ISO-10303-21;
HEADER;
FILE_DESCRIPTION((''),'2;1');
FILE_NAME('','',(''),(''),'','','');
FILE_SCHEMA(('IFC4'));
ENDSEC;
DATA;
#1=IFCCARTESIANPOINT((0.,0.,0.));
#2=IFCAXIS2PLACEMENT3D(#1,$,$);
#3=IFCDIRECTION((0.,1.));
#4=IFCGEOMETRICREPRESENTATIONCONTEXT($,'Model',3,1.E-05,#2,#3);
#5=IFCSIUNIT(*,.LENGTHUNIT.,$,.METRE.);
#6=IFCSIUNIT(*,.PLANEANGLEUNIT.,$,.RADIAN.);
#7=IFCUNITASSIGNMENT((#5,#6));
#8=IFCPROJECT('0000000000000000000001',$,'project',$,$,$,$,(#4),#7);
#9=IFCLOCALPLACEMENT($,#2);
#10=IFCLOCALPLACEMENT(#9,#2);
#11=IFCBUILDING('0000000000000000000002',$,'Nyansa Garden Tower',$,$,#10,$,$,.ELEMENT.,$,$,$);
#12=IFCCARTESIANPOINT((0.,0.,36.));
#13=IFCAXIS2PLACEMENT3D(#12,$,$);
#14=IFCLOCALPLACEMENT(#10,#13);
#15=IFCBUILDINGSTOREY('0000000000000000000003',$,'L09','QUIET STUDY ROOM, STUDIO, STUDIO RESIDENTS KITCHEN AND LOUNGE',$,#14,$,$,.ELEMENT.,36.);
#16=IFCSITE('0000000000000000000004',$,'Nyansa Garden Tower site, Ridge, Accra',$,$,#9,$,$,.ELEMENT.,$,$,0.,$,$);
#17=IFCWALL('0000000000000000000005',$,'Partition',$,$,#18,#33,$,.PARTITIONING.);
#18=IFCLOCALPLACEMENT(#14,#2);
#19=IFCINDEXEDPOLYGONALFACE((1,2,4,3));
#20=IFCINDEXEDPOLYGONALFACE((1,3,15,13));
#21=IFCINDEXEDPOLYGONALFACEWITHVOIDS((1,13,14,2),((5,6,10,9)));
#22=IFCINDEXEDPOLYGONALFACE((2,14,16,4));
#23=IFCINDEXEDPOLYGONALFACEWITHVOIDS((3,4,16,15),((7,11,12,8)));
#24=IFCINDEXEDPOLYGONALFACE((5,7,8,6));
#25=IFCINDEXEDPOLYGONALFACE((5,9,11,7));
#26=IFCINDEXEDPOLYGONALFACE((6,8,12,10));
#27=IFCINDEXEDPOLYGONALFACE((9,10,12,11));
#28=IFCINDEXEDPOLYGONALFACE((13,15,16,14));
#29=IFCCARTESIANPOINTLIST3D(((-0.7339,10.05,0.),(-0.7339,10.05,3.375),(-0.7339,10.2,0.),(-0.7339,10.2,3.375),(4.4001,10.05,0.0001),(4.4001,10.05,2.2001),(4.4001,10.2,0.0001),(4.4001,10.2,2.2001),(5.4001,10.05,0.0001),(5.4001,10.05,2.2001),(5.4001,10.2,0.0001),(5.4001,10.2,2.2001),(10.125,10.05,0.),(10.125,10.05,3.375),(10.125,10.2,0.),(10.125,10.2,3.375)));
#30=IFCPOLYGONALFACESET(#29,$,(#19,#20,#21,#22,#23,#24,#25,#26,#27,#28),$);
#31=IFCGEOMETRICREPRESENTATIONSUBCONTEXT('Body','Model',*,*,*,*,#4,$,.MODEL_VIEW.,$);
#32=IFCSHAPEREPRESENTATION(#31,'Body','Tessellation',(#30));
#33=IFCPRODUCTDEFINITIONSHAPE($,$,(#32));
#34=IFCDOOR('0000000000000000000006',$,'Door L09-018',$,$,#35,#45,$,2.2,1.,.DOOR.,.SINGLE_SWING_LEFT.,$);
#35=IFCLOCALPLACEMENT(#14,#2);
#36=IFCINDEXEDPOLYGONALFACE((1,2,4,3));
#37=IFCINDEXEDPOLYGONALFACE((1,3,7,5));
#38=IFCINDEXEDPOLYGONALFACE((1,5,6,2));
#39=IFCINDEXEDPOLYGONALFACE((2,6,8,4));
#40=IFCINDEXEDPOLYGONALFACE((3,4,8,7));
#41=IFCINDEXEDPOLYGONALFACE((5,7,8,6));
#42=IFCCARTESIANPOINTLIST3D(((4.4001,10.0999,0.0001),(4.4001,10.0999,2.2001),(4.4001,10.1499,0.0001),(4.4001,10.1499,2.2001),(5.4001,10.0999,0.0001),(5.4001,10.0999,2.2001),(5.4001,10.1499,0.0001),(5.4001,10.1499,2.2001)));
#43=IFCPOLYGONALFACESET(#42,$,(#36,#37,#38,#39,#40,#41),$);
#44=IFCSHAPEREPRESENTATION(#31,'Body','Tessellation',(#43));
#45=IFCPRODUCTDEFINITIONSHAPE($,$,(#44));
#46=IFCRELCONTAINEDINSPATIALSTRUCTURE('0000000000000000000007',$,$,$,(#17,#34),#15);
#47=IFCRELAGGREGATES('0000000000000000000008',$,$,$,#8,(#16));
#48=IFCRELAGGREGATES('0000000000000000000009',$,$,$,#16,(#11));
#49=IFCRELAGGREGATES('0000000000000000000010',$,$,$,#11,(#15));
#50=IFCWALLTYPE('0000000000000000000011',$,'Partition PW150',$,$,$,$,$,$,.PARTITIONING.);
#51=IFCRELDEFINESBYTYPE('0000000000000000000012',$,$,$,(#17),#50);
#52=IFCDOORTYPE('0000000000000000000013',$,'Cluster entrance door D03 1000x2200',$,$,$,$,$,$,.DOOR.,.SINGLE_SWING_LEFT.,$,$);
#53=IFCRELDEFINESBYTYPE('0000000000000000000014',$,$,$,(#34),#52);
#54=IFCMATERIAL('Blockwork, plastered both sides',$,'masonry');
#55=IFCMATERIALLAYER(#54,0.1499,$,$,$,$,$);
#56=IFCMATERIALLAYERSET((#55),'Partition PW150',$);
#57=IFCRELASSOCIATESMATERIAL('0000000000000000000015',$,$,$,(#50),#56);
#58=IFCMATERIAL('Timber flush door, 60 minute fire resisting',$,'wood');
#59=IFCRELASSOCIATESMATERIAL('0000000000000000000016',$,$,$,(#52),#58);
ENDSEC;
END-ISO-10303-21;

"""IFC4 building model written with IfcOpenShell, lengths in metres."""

from ifc_helpers import new_model, si_unit, direction, frame, frame_2d, origin, place, context, subcontext, project, spatial, rectangle, extrude, material, layer, layer_set, type_object, element, fill, save


model = new_model("IFC4")

# Units and contexts
model_context = context("Model", 3, precision=1e-05, world=origin(), true_north=direction((0.0, 1.0)))
body_context = subcontext(model_context, "Body", "Model", "MODEL_VIEW")
ifc_project = project(units=[si_unit("LENGTHUNIT", "METRE"), si_unit("PLANEANGLEUNIT", "RADIAN")], contexts=[model_context])

# Site, building, storey
site_placement = place(None, origin())
site = spatial("IfcSite", under=ifc_project, at=site_placement, Name="Nyansa Garden Tower site, Ridge, Accra", CompositionType="ELEMENT", RefElevation=0.0)
building_placement = place(site_placement, origin())
building = spatial("IfcBuilding", under=site, at=building_placement, Name="Nyansa Garden Tower", CompositionType="ELEMENT")
storey_placement = place(building_placement, frame((0.0, 0.0, 36.0)))
storey = spatial("IfcBuildingStorey", under=building, at=storey_placement, Name="L09", Description="QUIET STUDY ROOM, STUDIO, STUDIO RESIDENTS KITCHEN AND LOUNGE", CompositionType="ELEMENT", Elevation=36.0)

# Wall, opening, door
ifc_material_1 = material(Name="Blockwork, plastered both sides", Category="masonry")
ifc_layer_1 = layer(ifc_material_1, 0.1499)
ifc_layer_set_1 = layer_set([ifc_layer_1], Name="Partition PW150")
wall_type = type_object("IfcWallType", Name="Partition PW150", PredefinedType="PARTITIONING", material=ifc_layer_set_1)
wall_placement = place(storey_placement, frame((-0.7339, 10.125, 0.0), z_axis=(0.0, 0.0, 1.0), x_axis=(1.0, 0.0, 0.0)))
wall = element("IfcWall", 1, at=wall_placement, inside=storey, type_object=wall_type, Name="Partition", PredefinedType="PARTITIONING", context=body_context, shape_type="SweptSolid", body=[
    extrude(rectangle(XDim=10.8589, YDim=0.1499, at=frame_2d((5.4294, 0.0))), origin(), (0.0, 0.0, 1.0), 3.375),
])
opening_placement = place(wall_placement, frame((5.134, 0.0, 0.0)))
opening = element("IfcOpeningElement", 2, at=opening_placement, cuts=wall, PredefinedType="OPENING", context=body_context, shape_type="SweptSolid", body=[
    extrude(rectangle(XDim=1.0, YDim=2.2, at=frame_2d((0.5, 1.1001))), frame((0.0, 0.085, 0.0), z_axis=(0.0, -1.0, 0.0), x_axis=(1.0, 0.0, 0.0)), (0.0, 0.0, 1.0), 0.1699),
])
ifc_material_2 = material(Name="Timber flush door, 60 minute fire resisting", Category="wood")
door_type = type_object("IfcDoorType", Name="Cluster entrance door D03 1000x2200", OperationType="SINGLE_SWING_LEFT", PredefinedType="DOOR", material=ifc_material_2)
door_placement = place(opening_placement, origin())
door = element("IfcDoor", 3, at=door_placement, inside=storey, type_object=door_type, Name="Door L09-018", OperationType="SINGLE_SWING_LEFT", OverallHeight=2.2, OverallWidth=1.0, PredefinedType="DOOR", context=body_context, shape_type="SweptSolid", body=[
    extrude(rectangle(XDim=1.0, YDim=2.2, at=frame_2d((0.5, 1.1001))), frame((0.0, 0.0249, 0.0), z_axis=(0.0, -1.0, 0.0), x_axis=(1.0, 0.0, 0.0)), (0.0, 0.0, 1.0), 0.05),
])
fill(opening, door)

save(model, "model.ifc")
